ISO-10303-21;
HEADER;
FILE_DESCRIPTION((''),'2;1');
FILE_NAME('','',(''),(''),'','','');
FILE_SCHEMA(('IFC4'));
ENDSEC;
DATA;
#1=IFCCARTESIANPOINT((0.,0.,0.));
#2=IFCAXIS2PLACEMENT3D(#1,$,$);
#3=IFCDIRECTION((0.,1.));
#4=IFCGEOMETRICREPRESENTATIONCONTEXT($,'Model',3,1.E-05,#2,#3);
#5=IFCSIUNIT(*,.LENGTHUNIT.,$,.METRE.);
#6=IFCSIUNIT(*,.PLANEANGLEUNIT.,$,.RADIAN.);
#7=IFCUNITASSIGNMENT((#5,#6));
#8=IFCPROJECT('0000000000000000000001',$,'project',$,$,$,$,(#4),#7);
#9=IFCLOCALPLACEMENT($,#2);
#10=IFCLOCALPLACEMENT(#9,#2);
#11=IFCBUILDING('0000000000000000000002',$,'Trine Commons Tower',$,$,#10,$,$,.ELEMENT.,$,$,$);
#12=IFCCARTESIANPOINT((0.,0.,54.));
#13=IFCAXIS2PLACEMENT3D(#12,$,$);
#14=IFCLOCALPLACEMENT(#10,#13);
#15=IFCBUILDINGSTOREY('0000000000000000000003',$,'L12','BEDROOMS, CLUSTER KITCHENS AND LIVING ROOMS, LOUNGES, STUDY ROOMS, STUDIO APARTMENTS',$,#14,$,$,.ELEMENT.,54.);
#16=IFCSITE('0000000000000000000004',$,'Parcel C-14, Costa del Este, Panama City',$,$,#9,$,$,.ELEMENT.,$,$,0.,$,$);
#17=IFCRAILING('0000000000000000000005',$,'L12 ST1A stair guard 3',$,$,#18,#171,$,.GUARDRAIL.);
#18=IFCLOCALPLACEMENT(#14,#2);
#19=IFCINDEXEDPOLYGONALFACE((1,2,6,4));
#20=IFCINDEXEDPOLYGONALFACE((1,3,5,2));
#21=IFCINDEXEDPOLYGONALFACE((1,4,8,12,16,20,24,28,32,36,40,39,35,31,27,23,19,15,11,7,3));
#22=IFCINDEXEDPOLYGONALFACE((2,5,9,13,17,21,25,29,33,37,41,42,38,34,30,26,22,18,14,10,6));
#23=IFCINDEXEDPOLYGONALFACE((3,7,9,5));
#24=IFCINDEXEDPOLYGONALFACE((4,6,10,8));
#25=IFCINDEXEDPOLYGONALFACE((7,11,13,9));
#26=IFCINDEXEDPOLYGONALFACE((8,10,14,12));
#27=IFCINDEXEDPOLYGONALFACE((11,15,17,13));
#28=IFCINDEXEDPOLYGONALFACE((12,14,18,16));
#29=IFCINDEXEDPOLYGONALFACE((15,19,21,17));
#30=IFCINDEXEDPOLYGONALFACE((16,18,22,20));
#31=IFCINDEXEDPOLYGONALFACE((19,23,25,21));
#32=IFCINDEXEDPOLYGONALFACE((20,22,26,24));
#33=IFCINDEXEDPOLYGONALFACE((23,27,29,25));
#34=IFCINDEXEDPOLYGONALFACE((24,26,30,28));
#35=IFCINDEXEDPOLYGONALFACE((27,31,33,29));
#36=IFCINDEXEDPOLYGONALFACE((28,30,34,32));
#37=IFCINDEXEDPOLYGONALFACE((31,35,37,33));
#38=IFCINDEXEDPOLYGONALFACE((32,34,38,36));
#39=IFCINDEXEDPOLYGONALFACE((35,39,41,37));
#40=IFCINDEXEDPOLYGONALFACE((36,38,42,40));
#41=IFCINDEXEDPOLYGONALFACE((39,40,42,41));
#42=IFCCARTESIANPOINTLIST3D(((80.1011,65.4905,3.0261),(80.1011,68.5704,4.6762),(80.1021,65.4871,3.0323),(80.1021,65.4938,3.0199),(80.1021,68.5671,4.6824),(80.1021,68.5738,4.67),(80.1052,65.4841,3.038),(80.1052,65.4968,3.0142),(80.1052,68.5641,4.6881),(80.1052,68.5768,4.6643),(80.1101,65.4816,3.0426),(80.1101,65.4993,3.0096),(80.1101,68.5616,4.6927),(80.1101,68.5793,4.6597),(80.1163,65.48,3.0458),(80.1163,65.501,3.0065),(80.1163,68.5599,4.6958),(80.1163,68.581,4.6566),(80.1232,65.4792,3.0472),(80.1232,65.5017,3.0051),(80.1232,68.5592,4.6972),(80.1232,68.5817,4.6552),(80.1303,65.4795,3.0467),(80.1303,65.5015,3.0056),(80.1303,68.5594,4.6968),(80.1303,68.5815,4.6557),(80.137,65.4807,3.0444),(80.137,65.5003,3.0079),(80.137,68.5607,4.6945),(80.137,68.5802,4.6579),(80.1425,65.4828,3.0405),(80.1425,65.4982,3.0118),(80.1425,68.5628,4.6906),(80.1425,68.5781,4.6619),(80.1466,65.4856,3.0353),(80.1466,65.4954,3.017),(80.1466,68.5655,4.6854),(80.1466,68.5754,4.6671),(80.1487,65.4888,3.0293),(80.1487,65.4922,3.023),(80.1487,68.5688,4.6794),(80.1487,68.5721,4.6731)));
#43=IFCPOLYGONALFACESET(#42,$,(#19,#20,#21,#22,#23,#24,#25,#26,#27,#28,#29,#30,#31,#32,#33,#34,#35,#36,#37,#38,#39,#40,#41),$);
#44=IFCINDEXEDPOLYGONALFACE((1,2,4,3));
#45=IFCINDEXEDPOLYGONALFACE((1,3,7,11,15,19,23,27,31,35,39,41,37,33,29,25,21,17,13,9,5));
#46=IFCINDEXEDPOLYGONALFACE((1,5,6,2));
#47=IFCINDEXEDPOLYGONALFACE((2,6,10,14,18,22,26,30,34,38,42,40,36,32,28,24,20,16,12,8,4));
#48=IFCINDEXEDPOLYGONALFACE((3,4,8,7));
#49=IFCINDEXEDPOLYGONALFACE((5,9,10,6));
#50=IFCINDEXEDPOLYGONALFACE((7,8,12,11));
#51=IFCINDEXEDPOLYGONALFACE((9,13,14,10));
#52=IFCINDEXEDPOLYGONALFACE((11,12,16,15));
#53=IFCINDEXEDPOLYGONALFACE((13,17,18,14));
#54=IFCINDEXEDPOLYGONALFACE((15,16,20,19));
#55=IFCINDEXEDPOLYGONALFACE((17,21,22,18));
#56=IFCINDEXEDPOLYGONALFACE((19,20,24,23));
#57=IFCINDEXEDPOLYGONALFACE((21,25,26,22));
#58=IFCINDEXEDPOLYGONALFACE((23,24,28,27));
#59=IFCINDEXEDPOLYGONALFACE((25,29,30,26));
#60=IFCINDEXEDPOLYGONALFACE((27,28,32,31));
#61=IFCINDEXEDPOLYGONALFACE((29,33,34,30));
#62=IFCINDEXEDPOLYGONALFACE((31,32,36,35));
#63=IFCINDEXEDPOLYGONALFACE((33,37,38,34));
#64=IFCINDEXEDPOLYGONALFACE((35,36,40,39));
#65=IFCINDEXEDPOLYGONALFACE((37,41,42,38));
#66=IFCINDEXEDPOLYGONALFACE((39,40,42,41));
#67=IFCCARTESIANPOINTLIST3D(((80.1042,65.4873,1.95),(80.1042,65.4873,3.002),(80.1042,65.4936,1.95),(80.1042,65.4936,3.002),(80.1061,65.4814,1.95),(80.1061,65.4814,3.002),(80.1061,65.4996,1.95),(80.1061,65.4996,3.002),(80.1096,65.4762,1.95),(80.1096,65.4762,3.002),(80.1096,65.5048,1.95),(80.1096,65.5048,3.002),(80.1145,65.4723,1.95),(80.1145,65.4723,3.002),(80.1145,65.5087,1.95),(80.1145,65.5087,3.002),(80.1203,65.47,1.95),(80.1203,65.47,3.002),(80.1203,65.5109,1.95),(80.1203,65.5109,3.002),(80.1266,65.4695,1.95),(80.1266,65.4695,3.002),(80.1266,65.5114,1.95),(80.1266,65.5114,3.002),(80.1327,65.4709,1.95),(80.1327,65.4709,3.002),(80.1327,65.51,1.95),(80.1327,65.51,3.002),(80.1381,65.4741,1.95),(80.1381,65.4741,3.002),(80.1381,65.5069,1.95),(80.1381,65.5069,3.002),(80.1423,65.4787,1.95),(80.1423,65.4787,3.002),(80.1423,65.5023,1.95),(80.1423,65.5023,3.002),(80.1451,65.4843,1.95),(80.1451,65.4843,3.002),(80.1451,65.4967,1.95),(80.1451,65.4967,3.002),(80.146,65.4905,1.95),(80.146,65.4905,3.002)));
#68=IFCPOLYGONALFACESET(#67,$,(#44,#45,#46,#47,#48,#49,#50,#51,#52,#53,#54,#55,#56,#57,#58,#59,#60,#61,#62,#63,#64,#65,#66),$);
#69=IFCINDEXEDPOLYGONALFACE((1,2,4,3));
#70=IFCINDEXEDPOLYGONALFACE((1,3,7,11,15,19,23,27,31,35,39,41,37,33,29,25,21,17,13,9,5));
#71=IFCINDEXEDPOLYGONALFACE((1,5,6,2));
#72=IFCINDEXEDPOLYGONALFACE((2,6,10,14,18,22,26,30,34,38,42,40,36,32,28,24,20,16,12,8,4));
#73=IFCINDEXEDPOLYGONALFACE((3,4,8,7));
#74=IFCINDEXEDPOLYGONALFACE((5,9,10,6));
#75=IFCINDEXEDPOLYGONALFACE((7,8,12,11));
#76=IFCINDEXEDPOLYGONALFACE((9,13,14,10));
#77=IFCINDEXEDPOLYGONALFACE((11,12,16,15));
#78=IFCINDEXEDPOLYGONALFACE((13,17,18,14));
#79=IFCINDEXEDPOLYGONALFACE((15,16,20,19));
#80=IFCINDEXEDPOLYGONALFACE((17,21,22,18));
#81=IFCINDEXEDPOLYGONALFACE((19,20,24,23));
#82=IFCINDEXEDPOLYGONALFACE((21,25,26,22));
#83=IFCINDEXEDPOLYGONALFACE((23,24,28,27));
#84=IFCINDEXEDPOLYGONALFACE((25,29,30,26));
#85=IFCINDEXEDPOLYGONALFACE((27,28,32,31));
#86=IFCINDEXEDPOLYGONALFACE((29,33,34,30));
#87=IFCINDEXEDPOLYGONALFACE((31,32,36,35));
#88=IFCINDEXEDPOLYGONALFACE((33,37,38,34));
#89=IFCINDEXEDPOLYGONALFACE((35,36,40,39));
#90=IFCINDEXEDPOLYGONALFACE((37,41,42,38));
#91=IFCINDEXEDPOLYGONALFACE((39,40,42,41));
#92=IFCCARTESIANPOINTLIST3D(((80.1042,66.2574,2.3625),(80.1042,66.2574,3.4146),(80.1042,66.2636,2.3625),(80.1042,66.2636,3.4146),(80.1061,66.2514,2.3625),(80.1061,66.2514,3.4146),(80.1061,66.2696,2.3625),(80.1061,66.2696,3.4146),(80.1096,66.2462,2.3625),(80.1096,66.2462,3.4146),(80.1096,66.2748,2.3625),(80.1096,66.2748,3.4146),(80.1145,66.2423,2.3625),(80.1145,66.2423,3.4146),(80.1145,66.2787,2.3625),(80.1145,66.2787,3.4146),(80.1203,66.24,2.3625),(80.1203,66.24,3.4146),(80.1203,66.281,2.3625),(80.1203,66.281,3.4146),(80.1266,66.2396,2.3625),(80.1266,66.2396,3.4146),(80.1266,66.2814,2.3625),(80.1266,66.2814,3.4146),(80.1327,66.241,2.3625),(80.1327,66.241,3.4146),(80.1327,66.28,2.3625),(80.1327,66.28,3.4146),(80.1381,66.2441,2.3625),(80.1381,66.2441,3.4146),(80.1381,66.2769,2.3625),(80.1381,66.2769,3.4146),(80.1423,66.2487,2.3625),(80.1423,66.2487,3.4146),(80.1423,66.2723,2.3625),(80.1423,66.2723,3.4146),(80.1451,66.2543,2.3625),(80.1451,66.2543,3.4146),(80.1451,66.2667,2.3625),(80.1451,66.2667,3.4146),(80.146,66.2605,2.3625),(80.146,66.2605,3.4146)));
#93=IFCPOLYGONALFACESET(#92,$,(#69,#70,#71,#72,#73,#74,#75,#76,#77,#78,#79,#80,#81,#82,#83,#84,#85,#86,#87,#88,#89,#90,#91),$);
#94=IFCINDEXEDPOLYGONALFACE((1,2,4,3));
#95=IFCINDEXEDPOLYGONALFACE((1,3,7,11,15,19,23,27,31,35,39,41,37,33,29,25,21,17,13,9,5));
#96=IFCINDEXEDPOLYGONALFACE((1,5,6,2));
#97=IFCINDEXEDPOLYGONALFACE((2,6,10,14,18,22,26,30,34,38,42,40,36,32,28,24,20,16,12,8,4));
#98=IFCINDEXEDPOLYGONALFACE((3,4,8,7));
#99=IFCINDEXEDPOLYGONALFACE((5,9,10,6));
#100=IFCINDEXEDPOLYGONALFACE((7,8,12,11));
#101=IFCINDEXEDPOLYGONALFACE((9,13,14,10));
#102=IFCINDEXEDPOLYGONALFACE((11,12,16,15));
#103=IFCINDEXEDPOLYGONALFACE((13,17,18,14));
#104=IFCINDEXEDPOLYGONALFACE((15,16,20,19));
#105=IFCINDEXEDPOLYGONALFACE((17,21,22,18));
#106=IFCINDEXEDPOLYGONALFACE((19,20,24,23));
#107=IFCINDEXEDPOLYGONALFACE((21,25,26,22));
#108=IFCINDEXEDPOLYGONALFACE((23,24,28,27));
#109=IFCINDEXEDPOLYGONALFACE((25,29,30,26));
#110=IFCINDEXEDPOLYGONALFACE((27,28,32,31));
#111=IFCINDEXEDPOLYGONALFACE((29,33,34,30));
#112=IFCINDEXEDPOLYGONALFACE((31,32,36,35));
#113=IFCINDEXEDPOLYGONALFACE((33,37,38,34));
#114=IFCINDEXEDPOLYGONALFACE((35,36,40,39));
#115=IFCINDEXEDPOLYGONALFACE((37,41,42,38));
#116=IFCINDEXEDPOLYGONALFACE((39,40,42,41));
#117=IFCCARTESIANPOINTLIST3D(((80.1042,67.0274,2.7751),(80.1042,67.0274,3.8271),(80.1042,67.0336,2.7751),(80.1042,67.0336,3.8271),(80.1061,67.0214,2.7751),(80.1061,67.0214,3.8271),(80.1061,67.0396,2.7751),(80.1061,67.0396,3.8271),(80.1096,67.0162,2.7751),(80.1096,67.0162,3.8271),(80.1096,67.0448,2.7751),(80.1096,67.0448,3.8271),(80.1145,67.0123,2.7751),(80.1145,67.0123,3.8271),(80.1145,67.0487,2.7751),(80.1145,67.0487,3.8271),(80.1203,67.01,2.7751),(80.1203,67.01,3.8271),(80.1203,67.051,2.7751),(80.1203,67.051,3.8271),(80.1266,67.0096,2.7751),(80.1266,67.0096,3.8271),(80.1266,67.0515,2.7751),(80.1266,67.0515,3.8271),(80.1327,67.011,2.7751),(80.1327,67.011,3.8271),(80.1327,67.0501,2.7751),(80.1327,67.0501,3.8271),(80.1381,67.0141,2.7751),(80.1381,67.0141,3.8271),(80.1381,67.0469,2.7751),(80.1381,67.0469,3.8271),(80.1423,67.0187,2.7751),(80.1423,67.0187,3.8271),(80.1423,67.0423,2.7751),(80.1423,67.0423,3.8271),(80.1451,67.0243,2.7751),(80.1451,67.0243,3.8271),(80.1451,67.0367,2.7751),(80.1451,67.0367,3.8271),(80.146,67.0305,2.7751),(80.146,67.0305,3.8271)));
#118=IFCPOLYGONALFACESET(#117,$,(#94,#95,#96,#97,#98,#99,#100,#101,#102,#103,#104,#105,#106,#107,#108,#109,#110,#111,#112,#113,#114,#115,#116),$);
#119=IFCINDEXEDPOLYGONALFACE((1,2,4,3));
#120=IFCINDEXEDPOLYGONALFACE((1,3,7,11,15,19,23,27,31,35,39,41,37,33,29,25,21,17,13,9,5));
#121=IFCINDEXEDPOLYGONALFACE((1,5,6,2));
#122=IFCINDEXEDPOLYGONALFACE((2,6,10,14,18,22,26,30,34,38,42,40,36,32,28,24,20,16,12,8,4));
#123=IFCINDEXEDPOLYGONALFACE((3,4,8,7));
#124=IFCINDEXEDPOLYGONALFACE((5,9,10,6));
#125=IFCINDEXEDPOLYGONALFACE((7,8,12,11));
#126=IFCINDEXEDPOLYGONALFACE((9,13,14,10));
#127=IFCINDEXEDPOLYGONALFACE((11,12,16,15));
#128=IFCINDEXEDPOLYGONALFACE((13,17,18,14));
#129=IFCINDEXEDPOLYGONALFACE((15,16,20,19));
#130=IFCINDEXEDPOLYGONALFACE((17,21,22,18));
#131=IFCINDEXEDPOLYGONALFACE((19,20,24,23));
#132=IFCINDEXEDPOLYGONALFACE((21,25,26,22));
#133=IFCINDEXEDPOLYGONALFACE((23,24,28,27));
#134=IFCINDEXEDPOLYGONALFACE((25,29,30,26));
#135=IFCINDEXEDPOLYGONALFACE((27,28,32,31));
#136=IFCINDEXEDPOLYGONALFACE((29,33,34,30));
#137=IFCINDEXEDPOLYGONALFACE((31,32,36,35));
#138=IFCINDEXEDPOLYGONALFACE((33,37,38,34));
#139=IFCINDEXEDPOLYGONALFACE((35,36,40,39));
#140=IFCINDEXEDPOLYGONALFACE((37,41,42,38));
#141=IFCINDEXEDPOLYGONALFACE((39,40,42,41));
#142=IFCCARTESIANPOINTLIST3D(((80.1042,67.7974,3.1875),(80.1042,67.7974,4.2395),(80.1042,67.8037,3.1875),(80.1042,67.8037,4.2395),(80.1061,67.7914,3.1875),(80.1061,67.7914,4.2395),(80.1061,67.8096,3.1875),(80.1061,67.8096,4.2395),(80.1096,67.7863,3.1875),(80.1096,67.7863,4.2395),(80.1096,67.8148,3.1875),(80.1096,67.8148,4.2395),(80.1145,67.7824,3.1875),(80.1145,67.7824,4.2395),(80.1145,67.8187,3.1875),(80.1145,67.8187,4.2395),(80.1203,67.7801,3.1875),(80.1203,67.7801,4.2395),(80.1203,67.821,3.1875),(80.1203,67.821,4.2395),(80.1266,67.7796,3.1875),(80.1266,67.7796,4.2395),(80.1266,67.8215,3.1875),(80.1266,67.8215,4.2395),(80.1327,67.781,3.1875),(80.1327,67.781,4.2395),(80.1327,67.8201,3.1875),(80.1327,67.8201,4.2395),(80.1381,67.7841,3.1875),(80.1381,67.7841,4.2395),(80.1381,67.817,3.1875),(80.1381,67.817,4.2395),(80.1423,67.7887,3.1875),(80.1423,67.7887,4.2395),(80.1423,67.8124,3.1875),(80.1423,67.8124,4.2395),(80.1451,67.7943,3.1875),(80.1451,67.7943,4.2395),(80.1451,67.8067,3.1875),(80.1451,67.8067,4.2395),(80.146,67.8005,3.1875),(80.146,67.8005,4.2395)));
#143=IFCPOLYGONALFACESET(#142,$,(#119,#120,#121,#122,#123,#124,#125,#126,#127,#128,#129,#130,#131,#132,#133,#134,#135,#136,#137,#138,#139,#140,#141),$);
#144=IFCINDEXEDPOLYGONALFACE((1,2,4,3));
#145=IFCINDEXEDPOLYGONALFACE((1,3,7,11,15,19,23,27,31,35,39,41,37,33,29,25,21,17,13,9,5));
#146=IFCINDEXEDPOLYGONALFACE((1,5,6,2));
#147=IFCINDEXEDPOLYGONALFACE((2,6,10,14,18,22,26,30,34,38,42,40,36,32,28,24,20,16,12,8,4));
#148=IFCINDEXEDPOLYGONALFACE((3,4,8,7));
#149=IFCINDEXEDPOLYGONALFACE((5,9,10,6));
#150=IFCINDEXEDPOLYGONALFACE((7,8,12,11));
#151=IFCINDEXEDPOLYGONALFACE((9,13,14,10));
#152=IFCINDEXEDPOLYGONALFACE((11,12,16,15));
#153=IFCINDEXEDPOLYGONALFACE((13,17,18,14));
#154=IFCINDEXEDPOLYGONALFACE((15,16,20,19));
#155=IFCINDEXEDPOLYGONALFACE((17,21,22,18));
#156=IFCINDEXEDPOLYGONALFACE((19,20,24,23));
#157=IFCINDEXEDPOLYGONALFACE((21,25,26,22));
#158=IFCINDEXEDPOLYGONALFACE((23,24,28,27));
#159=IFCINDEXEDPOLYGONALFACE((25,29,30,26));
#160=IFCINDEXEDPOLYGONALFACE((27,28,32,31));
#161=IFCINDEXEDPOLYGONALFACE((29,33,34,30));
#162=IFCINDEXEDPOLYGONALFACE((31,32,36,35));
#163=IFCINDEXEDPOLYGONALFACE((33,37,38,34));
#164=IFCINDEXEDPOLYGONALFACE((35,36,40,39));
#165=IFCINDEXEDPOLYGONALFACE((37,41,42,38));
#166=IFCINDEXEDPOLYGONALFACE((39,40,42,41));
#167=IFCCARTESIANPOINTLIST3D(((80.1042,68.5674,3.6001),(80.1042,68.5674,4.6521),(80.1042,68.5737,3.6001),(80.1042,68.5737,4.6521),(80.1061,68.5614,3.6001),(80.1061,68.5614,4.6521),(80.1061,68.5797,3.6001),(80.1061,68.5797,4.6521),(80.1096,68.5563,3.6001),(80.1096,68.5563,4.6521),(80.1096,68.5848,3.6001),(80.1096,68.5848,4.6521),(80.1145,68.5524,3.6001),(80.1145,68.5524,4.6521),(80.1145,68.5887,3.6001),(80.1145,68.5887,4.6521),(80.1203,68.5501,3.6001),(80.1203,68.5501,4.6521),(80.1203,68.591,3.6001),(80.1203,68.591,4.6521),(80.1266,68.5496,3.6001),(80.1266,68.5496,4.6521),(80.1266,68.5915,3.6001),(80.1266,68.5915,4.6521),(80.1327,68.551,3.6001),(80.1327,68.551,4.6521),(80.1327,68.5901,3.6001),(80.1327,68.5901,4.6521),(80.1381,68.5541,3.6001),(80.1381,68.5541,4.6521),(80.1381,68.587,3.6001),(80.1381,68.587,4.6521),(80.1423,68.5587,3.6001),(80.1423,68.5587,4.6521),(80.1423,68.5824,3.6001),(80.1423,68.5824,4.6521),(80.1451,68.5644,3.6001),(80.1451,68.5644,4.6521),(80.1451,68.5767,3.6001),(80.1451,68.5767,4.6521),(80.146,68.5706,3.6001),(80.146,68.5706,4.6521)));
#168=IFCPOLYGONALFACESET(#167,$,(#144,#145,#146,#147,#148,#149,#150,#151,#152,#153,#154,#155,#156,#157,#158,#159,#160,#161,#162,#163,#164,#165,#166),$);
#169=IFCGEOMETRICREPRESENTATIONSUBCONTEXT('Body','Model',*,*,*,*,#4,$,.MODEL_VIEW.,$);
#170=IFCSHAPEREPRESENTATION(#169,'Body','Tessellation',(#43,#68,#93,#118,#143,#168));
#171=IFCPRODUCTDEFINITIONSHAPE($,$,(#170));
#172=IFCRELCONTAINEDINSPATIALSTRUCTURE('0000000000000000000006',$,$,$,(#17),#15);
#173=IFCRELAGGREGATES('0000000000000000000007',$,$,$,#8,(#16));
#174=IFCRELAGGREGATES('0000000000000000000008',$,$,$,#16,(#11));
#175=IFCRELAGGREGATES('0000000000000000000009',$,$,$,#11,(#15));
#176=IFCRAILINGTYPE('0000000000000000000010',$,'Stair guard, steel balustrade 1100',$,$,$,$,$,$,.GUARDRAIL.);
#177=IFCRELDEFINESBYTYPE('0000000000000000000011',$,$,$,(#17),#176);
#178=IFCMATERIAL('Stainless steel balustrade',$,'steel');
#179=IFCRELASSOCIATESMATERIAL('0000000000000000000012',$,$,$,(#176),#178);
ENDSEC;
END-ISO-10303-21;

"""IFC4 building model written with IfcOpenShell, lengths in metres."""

from ifc_helpers import new_model, si_unit, direction, frame, origin, origin_2d, place, context, subcontext, project, spatial, circle, extrude, material, type_object, element, save


model = new_model("IFC4")

# Units and contexts
model_context = context("Model", 3, precision=1e-05, world=origin(), true_north=direction((0.0, 1.0)))
body_context = subcontext(model_context, "Body", "Model", "MODEL_VIEW")
ifc_project = project(units=[si_unit("LENGTHUNIT", "METRE"), si_unit("PLANEANGLEUNIT", "RADIAN")], contexts=[model_context])

# Site, building, storey
site_placement = place(None, origin())
site = spatial("IfcSite", under=ifc_project, at=site_placement, Name="Parcel C-14, Costa del Este, Panama City", CompositionType="ELEMENT", RefElevation=0.0)
building_placement = place(site_placement, origin())
building = spatial("IfcBuilding", under=site, at=building_placement, Name="Trine Commons Tower", CompositionType="ELEMENT")
storey_placement = place(building_placement, frame((0.0, 0.0, 54.0)))
storey = spatial("IfcBuildingStorey", under=building, at=storey_placement, Name="L12", Description="BEDROOMS, CLUSTER KITCHENS AND LIVING ROOMS, LOUNGES, STUDY ROOMS, STUDIO APARTMENTS", CompositionType="ELEMENT", Elevation=54.0)

# Railing
ifc_material_1 = material(Name="Stainless steel balustrade", Category="steel")
railing_type_1 = type_object("IfcRailingType", Name="Stair guard, steel balustrade 1100", PredefinedType="GUARDRAIL", material=ifc_material_1)
railing_1_placement = place(storey_placement, frame((80.125, 65.4905, 1.95)))
element("IfcRailing", 1, at=railing_1_placement, inside=storey, type_object=railing_type_1, Name="L12 ST1A stair guard 3", PredefinedType="GUARDRAIL", context=body_context, shape_type="SweptSolid", body=[
    extrude(circle(Radius=0.0239, at=origin_2d()), frame((0.0, 0.0, 1.0762), z_axis=(0.0, 0.881468, 0.472245), x_axis=(-1.0, 0.0, 0.0)), (0.0, 0.0, 1.0), 3.4941),
    extrude(circle(Radius=0.021, at=origin_2d()), origin(), (0.0, 0.0, 1.0), 1.052),
    extrude(circle(Radius=0.021, at=origin_2d()), frame((0.0, 0.77, 0.4126)), (0.0, 0.0, 1.0), 1.052),
    extrude(circle(Radius=0.021, at=origin_2d()), frame((0.0, 1.54, 0.8252)), (0.0, 0.0, 1.0), 1.052),
    extrude(circle(Radius=0.021, at=origin_2d()), frame((0.0, 2.3101, 1.2375)), (0.0, 0.0, 1.0), 1.052),
    extrude(circle(Radius=0.021, at=origin_2d()), frame((0.0, 3.0801, 1.6501)), (0.0, 0.0, 1.0), 1.052),
])

save(model, "model.ifc")
